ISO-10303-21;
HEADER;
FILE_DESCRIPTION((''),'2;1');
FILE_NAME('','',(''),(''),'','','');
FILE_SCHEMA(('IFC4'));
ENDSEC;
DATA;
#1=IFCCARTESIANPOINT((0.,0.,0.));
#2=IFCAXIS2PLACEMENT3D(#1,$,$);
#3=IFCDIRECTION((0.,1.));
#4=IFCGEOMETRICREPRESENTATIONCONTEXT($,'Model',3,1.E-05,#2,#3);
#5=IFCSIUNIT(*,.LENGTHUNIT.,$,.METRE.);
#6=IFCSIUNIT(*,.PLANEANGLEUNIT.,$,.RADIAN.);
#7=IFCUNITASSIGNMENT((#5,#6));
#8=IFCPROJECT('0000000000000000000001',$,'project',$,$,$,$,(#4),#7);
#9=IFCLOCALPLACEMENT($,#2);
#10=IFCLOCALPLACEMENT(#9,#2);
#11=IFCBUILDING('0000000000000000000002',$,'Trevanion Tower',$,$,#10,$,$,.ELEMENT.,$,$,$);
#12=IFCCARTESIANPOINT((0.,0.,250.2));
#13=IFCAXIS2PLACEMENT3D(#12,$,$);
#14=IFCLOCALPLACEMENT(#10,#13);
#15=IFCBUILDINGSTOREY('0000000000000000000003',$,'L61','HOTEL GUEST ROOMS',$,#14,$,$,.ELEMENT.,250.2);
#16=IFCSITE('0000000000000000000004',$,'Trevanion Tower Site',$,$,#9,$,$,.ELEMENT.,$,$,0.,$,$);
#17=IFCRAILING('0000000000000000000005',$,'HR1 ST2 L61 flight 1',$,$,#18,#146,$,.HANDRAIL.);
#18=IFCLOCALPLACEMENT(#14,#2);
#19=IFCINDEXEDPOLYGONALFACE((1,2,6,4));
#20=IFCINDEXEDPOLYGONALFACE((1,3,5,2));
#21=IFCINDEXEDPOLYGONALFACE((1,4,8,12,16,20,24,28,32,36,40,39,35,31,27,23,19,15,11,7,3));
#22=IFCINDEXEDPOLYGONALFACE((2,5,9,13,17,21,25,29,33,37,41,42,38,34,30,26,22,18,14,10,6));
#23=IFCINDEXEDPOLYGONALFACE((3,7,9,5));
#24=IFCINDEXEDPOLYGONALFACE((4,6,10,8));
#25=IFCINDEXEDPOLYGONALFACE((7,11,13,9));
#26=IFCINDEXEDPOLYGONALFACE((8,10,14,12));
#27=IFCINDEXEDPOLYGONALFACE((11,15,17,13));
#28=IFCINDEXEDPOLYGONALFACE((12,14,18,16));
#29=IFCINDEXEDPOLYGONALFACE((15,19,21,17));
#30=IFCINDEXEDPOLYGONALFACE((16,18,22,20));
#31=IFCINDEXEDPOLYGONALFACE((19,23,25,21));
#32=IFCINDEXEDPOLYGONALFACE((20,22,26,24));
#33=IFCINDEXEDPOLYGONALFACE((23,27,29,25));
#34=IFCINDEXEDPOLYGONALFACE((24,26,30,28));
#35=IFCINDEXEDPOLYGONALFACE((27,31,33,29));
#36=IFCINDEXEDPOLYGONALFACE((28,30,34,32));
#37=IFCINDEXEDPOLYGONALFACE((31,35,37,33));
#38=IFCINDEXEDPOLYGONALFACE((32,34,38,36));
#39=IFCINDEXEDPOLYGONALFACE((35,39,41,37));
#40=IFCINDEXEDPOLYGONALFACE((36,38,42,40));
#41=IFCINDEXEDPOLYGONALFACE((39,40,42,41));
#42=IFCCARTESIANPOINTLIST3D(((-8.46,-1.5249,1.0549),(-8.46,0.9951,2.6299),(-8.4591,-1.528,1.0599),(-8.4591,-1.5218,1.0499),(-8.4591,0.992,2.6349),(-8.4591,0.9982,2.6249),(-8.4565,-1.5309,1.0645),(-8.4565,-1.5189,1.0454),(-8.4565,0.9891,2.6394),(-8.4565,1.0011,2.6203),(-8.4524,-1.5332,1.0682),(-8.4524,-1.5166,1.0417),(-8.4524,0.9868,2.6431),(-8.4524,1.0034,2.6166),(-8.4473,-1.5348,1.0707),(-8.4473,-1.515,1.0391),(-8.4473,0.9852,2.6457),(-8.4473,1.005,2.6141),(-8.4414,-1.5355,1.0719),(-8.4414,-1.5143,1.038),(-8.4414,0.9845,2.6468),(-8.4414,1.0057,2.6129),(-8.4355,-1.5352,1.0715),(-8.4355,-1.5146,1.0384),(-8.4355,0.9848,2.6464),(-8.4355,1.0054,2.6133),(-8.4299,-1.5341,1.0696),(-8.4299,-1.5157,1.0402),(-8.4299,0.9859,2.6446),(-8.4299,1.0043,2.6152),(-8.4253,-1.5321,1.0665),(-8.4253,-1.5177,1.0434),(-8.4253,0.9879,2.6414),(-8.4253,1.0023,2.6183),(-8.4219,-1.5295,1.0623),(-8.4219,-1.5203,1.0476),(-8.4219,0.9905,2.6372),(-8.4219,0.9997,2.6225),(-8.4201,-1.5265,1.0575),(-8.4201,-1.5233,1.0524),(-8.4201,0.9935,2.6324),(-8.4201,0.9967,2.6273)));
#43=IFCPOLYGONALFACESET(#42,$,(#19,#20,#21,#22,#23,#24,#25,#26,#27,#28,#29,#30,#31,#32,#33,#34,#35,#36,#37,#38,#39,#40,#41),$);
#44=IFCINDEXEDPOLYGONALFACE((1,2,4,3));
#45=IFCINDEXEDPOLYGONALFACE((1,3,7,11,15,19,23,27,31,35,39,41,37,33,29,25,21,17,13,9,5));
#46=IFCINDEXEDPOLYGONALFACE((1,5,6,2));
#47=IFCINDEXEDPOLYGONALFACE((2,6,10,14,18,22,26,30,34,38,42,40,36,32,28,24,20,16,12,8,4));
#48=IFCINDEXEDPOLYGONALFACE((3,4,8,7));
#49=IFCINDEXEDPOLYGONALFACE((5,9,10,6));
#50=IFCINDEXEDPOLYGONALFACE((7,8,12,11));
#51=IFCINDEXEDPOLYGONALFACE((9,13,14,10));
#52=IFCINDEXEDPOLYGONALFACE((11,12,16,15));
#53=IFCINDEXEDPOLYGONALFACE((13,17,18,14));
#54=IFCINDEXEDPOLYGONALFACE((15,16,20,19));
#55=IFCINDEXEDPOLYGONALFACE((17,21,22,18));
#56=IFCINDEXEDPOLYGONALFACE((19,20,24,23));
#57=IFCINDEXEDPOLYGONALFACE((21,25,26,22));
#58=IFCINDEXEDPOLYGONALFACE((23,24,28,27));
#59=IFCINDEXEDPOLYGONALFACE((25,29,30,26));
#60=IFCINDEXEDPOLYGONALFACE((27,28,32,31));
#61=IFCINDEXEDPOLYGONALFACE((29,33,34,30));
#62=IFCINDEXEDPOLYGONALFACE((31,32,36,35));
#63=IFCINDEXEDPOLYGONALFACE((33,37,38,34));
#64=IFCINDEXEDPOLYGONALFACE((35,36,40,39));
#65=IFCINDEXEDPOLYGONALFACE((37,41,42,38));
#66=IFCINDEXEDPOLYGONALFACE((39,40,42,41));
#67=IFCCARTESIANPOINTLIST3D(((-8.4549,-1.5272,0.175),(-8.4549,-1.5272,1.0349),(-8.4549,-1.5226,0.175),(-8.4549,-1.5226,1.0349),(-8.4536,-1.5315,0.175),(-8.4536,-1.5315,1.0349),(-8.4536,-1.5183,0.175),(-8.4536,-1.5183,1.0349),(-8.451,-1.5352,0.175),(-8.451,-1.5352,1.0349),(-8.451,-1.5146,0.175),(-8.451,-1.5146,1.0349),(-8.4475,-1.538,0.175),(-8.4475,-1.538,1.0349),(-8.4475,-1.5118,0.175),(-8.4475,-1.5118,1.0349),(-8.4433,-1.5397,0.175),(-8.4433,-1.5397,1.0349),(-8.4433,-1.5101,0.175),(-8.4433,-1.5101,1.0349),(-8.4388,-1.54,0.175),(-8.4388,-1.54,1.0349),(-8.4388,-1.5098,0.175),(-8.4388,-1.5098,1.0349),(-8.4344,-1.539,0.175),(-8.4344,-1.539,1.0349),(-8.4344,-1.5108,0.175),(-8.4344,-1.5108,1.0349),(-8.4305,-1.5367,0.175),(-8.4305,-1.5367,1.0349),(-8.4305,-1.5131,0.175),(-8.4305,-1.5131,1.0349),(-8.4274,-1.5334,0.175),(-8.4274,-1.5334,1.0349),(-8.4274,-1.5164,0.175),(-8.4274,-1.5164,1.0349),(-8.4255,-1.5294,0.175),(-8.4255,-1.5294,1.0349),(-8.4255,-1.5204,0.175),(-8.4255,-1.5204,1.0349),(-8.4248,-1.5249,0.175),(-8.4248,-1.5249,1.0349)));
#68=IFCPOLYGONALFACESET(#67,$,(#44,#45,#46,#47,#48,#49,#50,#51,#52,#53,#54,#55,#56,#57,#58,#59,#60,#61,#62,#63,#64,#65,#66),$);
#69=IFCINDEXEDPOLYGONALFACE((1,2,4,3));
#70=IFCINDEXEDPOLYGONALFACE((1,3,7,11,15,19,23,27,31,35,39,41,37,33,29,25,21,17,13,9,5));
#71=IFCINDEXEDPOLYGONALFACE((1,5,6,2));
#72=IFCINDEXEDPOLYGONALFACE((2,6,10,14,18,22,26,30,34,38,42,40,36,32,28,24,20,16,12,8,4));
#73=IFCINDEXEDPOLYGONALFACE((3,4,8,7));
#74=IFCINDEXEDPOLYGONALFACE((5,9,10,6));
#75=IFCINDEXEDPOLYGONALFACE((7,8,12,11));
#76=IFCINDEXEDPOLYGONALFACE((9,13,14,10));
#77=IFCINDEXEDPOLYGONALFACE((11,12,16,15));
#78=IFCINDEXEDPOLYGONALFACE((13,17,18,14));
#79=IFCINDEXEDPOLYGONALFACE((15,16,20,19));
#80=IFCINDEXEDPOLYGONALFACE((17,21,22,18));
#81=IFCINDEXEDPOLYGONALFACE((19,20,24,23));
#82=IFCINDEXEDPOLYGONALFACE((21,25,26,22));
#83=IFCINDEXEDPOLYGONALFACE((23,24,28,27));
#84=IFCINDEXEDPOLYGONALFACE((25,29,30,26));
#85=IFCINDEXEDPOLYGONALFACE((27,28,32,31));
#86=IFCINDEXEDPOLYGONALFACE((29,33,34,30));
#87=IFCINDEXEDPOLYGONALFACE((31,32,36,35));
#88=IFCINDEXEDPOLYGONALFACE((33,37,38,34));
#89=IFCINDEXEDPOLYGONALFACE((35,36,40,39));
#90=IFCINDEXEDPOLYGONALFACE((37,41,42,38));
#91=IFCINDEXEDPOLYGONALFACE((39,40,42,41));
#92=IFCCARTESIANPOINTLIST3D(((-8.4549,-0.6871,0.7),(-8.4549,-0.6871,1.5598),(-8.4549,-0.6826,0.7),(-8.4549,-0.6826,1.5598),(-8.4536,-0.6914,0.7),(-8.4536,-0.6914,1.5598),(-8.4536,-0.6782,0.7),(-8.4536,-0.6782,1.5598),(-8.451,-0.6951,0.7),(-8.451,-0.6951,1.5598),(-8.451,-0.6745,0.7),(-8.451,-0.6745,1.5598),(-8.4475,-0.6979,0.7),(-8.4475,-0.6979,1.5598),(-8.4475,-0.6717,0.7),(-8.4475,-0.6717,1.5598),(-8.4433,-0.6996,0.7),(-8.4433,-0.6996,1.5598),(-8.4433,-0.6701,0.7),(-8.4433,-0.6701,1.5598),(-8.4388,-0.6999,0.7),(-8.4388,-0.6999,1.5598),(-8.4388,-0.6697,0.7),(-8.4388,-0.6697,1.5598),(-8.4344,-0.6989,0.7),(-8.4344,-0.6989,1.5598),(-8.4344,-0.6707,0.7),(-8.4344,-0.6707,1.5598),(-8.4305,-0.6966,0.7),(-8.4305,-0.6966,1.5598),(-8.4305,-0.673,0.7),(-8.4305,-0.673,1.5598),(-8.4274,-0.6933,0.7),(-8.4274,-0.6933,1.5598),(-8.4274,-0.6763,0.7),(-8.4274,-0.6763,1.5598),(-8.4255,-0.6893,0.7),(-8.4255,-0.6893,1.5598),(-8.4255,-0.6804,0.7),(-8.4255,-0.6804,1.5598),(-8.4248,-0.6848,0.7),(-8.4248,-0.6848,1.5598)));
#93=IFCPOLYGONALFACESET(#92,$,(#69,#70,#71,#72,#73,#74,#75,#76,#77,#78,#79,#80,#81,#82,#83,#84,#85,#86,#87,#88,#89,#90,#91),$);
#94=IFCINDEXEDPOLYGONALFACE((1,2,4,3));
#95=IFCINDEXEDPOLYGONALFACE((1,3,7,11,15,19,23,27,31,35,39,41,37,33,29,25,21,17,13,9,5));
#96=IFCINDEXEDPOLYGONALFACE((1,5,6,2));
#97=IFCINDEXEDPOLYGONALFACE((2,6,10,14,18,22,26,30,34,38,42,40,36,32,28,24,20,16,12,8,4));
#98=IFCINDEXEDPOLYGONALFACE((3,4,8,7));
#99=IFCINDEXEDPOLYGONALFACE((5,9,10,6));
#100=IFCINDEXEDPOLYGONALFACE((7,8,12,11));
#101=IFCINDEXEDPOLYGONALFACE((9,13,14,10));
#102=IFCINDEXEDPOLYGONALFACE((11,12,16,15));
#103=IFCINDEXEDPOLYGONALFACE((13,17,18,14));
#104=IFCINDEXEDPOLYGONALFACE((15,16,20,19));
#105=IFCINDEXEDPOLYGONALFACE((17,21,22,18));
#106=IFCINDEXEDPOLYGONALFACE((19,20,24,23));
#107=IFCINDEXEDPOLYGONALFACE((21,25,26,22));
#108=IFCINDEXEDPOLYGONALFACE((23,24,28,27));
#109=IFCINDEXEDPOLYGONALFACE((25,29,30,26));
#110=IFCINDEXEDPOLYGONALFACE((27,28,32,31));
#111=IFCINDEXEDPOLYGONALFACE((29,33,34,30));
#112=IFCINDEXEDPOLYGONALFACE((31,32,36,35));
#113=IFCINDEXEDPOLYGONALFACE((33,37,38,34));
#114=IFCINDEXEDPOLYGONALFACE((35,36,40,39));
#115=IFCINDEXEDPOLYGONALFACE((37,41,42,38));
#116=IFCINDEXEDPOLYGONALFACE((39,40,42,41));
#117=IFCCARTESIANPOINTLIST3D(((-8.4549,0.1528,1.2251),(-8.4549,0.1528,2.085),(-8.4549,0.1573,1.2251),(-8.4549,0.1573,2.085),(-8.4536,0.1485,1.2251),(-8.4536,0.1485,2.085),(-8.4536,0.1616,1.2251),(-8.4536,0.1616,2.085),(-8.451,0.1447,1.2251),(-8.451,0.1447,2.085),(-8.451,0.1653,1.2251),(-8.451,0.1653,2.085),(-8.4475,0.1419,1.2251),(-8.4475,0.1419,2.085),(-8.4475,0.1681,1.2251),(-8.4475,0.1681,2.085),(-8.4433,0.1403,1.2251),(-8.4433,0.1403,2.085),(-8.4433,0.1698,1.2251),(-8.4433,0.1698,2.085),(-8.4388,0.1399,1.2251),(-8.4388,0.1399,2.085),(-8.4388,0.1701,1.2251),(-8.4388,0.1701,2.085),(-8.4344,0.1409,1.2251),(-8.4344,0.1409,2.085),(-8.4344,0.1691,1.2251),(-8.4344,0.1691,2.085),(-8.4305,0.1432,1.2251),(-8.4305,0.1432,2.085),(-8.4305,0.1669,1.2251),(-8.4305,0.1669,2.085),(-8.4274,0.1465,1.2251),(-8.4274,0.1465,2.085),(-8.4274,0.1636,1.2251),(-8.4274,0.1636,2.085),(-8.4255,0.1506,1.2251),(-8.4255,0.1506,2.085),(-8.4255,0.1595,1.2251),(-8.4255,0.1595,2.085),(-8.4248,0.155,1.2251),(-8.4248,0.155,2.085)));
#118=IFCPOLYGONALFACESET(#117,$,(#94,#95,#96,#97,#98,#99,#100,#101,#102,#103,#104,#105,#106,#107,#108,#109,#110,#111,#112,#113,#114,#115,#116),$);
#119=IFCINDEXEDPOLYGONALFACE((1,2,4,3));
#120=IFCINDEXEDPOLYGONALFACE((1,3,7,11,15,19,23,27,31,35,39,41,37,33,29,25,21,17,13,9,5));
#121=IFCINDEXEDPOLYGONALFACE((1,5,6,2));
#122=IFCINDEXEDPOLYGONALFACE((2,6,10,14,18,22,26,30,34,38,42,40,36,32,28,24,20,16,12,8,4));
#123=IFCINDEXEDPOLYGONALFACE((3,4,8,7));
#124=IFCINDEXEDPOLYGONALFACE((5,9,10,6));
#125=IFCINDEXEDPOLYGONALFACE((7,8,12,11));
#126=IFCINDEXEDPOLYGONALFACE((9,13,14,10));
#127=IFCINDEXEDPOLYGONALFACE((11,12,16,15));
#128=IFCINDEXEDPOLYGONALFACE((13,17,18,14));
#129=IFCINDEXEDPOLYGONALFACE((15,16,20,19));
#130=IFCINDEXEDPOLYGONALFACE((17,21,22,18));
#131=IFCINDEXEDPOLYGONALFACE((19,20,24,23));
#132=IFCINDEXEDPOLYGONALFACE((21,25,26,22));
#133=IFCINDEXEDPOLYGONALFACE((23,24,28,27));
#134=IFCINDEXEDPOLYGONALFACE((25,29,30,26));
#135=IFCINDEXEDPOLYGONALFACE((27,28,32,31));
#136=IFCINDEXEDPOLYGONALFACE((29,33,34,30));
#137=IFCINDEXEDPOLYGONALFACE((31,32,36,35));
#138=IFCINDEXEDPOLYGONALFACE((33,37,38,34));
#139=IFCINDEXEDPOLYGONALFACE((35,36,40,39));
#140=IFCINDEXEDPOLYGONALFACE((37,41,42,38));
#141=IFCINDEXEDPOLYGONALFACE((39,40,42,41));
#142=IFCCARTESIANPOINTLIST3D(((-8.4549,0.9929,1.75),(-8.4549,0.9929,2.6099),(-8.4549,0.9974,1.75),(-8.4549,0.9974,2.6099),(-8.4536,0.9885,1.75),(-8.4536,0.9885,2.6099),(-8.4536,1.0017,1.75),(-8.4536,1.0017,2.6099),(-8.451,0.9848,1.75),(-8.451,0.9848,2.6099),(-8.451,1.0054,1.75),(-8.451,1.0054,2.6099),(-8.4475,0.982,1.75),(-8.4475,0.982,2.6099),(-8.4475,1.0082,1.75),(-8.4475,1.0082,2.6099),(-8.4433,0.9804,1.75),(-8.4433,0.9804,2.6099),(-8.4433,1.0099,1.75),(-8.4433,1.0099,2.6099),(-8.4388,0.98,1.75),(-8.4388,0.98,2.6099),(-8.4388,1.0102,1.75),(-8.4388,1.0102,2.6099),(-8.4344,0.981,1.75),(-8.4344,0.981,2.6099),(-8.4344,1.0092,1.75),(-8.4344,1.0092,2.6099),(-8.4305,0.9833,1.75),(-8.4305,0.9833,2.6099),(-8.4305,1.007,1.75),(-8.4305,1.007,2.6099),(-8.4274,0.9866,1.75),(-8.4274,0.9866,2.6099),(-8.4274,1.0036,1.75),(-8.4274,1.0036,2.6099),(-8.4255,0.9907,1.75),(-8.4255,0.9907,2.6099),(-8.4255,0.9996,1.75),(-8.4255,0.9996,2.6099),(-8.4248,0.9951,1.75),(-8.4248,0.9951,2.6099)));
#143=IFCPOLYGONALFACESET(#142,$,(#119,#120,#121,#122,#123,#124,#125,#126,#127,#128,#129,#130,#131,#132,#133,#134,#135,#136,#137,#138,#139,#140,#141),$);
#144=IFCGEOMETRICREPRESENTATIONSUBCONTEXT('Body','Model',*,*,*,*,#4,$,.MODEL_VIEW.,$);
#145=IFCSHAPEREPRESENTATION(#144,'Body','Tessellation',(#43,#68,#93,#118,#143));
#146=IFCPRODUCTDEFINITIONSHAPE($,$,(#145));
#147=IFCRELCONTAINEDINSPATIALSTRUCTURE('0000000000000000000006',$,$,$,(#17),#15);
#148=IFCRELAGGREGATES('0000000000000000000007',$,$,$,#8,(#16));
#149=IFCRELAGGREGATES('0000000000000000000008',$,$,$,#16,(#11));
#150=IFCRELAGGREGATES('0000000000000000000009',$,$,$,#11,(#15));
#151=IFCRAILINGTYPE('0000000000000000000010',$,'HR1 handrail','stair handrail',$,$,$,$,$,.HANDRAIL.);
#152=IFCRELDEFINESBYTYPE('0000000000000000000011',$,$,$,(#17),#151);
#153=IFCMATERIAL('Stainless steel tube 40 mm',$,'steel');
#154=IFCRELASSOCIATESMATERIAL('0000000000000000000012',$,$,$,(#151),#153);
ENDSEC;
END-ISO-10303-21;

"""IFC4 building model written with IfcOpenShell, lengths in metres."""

from ifc_helpers import new_model, si_unit, direction, frame, origin, origin_2d, place, context, subcontext, project, spatial, circle, extrude, material, type_object, element, save


model = new_model("IFC4")

# Units and contexts
model_context = context("Model", 3, precision=1e-05, world=origin(), true_north=direction((0.0, 1.0)))
body_context = subcontext(model_context, "Body", "Model", "MODEL_VIEW")
ifc_project = project(units=[si_unit("LENGTHUNIT", "METRE"), si_unit("PLANEANGLEUNIT", "RADIAN")], contexts=[model_context])

# Site, building, storey
site_placement = place(None, origin())
site = spatial("IfcSite", under=ifc_project, at=site_placement, Name="Trevanion Tower Site", CompositionType="ELEMENT", RefElevation=0.0)
building_placement = place(site_placement, origin())
building = spatial("IfcBuilding", under=site, at=building_placement, Name="Trevanion Tower", CompositionType="ELEMENT")
storey_placement = place(building_placement, frame((0.0, 0.0, 250.2)))
storey = spatial("IfcBuildingStorey", under=building, at=storey_placement, Name="L61", Description="HOTEL GUEST ROOMS", CompositionType="ELEMENT", Elevation=250.2)

# Railing
ifc_material_1 = material(Name="Stainless steel tube 40 mm", Category="steel")
railing_type = type_object("IfcRailingType", Name="HR1 handrail", Description="stair handrail", PredefinedType="HANDRAIL", material=ifc_material_1)
for number, where, name in (
    (1, (-8.4399, -1.5249, 0.175), "HR1 ST2 L61 flight 1"),
):
    element("IfcRailing", number, at=place(storey_placement, frame(where)), inside=storey, type_object=railing_type, Name=name, PredefinedType="HANDRAIL", context=body_context, shape_type="SweptSolid", body=[
        extrude(circle(Radius=0.02, at=origin_2d()), frame((0.0, 0.0, 0.8799), z_axis=(0.0, 0.848008, 0.529984), x_axis=(-1.0, 0.0, 0.0)), (0.0, 0.0, 1.0), 2.9717),
        extrude(circle(Radius=0.0151, at=origin_2d()), origin(), (0.0, 0.0, 1.0), 0.8599),
        extrude(circle(Radius=0.0151, at=origin_2d()), frame((0.0, 0.8401, 0.5249)), (0.0, 0.0, 1.0), 0.8599),
        extrude(circle(Radius=0.0151, at=origin_2d()), frame((0.0, 1.6799, 1.05)), (0.0, 0.0, 1.0), 0.8599),
        extrude(circle(Radius=0.0151, at=origin_2d()), frame((0.0, 2.52, 1.575)), (0.0, 0.0, 1.0), 0.8599),
    ])

save(model, "model.ifc")
